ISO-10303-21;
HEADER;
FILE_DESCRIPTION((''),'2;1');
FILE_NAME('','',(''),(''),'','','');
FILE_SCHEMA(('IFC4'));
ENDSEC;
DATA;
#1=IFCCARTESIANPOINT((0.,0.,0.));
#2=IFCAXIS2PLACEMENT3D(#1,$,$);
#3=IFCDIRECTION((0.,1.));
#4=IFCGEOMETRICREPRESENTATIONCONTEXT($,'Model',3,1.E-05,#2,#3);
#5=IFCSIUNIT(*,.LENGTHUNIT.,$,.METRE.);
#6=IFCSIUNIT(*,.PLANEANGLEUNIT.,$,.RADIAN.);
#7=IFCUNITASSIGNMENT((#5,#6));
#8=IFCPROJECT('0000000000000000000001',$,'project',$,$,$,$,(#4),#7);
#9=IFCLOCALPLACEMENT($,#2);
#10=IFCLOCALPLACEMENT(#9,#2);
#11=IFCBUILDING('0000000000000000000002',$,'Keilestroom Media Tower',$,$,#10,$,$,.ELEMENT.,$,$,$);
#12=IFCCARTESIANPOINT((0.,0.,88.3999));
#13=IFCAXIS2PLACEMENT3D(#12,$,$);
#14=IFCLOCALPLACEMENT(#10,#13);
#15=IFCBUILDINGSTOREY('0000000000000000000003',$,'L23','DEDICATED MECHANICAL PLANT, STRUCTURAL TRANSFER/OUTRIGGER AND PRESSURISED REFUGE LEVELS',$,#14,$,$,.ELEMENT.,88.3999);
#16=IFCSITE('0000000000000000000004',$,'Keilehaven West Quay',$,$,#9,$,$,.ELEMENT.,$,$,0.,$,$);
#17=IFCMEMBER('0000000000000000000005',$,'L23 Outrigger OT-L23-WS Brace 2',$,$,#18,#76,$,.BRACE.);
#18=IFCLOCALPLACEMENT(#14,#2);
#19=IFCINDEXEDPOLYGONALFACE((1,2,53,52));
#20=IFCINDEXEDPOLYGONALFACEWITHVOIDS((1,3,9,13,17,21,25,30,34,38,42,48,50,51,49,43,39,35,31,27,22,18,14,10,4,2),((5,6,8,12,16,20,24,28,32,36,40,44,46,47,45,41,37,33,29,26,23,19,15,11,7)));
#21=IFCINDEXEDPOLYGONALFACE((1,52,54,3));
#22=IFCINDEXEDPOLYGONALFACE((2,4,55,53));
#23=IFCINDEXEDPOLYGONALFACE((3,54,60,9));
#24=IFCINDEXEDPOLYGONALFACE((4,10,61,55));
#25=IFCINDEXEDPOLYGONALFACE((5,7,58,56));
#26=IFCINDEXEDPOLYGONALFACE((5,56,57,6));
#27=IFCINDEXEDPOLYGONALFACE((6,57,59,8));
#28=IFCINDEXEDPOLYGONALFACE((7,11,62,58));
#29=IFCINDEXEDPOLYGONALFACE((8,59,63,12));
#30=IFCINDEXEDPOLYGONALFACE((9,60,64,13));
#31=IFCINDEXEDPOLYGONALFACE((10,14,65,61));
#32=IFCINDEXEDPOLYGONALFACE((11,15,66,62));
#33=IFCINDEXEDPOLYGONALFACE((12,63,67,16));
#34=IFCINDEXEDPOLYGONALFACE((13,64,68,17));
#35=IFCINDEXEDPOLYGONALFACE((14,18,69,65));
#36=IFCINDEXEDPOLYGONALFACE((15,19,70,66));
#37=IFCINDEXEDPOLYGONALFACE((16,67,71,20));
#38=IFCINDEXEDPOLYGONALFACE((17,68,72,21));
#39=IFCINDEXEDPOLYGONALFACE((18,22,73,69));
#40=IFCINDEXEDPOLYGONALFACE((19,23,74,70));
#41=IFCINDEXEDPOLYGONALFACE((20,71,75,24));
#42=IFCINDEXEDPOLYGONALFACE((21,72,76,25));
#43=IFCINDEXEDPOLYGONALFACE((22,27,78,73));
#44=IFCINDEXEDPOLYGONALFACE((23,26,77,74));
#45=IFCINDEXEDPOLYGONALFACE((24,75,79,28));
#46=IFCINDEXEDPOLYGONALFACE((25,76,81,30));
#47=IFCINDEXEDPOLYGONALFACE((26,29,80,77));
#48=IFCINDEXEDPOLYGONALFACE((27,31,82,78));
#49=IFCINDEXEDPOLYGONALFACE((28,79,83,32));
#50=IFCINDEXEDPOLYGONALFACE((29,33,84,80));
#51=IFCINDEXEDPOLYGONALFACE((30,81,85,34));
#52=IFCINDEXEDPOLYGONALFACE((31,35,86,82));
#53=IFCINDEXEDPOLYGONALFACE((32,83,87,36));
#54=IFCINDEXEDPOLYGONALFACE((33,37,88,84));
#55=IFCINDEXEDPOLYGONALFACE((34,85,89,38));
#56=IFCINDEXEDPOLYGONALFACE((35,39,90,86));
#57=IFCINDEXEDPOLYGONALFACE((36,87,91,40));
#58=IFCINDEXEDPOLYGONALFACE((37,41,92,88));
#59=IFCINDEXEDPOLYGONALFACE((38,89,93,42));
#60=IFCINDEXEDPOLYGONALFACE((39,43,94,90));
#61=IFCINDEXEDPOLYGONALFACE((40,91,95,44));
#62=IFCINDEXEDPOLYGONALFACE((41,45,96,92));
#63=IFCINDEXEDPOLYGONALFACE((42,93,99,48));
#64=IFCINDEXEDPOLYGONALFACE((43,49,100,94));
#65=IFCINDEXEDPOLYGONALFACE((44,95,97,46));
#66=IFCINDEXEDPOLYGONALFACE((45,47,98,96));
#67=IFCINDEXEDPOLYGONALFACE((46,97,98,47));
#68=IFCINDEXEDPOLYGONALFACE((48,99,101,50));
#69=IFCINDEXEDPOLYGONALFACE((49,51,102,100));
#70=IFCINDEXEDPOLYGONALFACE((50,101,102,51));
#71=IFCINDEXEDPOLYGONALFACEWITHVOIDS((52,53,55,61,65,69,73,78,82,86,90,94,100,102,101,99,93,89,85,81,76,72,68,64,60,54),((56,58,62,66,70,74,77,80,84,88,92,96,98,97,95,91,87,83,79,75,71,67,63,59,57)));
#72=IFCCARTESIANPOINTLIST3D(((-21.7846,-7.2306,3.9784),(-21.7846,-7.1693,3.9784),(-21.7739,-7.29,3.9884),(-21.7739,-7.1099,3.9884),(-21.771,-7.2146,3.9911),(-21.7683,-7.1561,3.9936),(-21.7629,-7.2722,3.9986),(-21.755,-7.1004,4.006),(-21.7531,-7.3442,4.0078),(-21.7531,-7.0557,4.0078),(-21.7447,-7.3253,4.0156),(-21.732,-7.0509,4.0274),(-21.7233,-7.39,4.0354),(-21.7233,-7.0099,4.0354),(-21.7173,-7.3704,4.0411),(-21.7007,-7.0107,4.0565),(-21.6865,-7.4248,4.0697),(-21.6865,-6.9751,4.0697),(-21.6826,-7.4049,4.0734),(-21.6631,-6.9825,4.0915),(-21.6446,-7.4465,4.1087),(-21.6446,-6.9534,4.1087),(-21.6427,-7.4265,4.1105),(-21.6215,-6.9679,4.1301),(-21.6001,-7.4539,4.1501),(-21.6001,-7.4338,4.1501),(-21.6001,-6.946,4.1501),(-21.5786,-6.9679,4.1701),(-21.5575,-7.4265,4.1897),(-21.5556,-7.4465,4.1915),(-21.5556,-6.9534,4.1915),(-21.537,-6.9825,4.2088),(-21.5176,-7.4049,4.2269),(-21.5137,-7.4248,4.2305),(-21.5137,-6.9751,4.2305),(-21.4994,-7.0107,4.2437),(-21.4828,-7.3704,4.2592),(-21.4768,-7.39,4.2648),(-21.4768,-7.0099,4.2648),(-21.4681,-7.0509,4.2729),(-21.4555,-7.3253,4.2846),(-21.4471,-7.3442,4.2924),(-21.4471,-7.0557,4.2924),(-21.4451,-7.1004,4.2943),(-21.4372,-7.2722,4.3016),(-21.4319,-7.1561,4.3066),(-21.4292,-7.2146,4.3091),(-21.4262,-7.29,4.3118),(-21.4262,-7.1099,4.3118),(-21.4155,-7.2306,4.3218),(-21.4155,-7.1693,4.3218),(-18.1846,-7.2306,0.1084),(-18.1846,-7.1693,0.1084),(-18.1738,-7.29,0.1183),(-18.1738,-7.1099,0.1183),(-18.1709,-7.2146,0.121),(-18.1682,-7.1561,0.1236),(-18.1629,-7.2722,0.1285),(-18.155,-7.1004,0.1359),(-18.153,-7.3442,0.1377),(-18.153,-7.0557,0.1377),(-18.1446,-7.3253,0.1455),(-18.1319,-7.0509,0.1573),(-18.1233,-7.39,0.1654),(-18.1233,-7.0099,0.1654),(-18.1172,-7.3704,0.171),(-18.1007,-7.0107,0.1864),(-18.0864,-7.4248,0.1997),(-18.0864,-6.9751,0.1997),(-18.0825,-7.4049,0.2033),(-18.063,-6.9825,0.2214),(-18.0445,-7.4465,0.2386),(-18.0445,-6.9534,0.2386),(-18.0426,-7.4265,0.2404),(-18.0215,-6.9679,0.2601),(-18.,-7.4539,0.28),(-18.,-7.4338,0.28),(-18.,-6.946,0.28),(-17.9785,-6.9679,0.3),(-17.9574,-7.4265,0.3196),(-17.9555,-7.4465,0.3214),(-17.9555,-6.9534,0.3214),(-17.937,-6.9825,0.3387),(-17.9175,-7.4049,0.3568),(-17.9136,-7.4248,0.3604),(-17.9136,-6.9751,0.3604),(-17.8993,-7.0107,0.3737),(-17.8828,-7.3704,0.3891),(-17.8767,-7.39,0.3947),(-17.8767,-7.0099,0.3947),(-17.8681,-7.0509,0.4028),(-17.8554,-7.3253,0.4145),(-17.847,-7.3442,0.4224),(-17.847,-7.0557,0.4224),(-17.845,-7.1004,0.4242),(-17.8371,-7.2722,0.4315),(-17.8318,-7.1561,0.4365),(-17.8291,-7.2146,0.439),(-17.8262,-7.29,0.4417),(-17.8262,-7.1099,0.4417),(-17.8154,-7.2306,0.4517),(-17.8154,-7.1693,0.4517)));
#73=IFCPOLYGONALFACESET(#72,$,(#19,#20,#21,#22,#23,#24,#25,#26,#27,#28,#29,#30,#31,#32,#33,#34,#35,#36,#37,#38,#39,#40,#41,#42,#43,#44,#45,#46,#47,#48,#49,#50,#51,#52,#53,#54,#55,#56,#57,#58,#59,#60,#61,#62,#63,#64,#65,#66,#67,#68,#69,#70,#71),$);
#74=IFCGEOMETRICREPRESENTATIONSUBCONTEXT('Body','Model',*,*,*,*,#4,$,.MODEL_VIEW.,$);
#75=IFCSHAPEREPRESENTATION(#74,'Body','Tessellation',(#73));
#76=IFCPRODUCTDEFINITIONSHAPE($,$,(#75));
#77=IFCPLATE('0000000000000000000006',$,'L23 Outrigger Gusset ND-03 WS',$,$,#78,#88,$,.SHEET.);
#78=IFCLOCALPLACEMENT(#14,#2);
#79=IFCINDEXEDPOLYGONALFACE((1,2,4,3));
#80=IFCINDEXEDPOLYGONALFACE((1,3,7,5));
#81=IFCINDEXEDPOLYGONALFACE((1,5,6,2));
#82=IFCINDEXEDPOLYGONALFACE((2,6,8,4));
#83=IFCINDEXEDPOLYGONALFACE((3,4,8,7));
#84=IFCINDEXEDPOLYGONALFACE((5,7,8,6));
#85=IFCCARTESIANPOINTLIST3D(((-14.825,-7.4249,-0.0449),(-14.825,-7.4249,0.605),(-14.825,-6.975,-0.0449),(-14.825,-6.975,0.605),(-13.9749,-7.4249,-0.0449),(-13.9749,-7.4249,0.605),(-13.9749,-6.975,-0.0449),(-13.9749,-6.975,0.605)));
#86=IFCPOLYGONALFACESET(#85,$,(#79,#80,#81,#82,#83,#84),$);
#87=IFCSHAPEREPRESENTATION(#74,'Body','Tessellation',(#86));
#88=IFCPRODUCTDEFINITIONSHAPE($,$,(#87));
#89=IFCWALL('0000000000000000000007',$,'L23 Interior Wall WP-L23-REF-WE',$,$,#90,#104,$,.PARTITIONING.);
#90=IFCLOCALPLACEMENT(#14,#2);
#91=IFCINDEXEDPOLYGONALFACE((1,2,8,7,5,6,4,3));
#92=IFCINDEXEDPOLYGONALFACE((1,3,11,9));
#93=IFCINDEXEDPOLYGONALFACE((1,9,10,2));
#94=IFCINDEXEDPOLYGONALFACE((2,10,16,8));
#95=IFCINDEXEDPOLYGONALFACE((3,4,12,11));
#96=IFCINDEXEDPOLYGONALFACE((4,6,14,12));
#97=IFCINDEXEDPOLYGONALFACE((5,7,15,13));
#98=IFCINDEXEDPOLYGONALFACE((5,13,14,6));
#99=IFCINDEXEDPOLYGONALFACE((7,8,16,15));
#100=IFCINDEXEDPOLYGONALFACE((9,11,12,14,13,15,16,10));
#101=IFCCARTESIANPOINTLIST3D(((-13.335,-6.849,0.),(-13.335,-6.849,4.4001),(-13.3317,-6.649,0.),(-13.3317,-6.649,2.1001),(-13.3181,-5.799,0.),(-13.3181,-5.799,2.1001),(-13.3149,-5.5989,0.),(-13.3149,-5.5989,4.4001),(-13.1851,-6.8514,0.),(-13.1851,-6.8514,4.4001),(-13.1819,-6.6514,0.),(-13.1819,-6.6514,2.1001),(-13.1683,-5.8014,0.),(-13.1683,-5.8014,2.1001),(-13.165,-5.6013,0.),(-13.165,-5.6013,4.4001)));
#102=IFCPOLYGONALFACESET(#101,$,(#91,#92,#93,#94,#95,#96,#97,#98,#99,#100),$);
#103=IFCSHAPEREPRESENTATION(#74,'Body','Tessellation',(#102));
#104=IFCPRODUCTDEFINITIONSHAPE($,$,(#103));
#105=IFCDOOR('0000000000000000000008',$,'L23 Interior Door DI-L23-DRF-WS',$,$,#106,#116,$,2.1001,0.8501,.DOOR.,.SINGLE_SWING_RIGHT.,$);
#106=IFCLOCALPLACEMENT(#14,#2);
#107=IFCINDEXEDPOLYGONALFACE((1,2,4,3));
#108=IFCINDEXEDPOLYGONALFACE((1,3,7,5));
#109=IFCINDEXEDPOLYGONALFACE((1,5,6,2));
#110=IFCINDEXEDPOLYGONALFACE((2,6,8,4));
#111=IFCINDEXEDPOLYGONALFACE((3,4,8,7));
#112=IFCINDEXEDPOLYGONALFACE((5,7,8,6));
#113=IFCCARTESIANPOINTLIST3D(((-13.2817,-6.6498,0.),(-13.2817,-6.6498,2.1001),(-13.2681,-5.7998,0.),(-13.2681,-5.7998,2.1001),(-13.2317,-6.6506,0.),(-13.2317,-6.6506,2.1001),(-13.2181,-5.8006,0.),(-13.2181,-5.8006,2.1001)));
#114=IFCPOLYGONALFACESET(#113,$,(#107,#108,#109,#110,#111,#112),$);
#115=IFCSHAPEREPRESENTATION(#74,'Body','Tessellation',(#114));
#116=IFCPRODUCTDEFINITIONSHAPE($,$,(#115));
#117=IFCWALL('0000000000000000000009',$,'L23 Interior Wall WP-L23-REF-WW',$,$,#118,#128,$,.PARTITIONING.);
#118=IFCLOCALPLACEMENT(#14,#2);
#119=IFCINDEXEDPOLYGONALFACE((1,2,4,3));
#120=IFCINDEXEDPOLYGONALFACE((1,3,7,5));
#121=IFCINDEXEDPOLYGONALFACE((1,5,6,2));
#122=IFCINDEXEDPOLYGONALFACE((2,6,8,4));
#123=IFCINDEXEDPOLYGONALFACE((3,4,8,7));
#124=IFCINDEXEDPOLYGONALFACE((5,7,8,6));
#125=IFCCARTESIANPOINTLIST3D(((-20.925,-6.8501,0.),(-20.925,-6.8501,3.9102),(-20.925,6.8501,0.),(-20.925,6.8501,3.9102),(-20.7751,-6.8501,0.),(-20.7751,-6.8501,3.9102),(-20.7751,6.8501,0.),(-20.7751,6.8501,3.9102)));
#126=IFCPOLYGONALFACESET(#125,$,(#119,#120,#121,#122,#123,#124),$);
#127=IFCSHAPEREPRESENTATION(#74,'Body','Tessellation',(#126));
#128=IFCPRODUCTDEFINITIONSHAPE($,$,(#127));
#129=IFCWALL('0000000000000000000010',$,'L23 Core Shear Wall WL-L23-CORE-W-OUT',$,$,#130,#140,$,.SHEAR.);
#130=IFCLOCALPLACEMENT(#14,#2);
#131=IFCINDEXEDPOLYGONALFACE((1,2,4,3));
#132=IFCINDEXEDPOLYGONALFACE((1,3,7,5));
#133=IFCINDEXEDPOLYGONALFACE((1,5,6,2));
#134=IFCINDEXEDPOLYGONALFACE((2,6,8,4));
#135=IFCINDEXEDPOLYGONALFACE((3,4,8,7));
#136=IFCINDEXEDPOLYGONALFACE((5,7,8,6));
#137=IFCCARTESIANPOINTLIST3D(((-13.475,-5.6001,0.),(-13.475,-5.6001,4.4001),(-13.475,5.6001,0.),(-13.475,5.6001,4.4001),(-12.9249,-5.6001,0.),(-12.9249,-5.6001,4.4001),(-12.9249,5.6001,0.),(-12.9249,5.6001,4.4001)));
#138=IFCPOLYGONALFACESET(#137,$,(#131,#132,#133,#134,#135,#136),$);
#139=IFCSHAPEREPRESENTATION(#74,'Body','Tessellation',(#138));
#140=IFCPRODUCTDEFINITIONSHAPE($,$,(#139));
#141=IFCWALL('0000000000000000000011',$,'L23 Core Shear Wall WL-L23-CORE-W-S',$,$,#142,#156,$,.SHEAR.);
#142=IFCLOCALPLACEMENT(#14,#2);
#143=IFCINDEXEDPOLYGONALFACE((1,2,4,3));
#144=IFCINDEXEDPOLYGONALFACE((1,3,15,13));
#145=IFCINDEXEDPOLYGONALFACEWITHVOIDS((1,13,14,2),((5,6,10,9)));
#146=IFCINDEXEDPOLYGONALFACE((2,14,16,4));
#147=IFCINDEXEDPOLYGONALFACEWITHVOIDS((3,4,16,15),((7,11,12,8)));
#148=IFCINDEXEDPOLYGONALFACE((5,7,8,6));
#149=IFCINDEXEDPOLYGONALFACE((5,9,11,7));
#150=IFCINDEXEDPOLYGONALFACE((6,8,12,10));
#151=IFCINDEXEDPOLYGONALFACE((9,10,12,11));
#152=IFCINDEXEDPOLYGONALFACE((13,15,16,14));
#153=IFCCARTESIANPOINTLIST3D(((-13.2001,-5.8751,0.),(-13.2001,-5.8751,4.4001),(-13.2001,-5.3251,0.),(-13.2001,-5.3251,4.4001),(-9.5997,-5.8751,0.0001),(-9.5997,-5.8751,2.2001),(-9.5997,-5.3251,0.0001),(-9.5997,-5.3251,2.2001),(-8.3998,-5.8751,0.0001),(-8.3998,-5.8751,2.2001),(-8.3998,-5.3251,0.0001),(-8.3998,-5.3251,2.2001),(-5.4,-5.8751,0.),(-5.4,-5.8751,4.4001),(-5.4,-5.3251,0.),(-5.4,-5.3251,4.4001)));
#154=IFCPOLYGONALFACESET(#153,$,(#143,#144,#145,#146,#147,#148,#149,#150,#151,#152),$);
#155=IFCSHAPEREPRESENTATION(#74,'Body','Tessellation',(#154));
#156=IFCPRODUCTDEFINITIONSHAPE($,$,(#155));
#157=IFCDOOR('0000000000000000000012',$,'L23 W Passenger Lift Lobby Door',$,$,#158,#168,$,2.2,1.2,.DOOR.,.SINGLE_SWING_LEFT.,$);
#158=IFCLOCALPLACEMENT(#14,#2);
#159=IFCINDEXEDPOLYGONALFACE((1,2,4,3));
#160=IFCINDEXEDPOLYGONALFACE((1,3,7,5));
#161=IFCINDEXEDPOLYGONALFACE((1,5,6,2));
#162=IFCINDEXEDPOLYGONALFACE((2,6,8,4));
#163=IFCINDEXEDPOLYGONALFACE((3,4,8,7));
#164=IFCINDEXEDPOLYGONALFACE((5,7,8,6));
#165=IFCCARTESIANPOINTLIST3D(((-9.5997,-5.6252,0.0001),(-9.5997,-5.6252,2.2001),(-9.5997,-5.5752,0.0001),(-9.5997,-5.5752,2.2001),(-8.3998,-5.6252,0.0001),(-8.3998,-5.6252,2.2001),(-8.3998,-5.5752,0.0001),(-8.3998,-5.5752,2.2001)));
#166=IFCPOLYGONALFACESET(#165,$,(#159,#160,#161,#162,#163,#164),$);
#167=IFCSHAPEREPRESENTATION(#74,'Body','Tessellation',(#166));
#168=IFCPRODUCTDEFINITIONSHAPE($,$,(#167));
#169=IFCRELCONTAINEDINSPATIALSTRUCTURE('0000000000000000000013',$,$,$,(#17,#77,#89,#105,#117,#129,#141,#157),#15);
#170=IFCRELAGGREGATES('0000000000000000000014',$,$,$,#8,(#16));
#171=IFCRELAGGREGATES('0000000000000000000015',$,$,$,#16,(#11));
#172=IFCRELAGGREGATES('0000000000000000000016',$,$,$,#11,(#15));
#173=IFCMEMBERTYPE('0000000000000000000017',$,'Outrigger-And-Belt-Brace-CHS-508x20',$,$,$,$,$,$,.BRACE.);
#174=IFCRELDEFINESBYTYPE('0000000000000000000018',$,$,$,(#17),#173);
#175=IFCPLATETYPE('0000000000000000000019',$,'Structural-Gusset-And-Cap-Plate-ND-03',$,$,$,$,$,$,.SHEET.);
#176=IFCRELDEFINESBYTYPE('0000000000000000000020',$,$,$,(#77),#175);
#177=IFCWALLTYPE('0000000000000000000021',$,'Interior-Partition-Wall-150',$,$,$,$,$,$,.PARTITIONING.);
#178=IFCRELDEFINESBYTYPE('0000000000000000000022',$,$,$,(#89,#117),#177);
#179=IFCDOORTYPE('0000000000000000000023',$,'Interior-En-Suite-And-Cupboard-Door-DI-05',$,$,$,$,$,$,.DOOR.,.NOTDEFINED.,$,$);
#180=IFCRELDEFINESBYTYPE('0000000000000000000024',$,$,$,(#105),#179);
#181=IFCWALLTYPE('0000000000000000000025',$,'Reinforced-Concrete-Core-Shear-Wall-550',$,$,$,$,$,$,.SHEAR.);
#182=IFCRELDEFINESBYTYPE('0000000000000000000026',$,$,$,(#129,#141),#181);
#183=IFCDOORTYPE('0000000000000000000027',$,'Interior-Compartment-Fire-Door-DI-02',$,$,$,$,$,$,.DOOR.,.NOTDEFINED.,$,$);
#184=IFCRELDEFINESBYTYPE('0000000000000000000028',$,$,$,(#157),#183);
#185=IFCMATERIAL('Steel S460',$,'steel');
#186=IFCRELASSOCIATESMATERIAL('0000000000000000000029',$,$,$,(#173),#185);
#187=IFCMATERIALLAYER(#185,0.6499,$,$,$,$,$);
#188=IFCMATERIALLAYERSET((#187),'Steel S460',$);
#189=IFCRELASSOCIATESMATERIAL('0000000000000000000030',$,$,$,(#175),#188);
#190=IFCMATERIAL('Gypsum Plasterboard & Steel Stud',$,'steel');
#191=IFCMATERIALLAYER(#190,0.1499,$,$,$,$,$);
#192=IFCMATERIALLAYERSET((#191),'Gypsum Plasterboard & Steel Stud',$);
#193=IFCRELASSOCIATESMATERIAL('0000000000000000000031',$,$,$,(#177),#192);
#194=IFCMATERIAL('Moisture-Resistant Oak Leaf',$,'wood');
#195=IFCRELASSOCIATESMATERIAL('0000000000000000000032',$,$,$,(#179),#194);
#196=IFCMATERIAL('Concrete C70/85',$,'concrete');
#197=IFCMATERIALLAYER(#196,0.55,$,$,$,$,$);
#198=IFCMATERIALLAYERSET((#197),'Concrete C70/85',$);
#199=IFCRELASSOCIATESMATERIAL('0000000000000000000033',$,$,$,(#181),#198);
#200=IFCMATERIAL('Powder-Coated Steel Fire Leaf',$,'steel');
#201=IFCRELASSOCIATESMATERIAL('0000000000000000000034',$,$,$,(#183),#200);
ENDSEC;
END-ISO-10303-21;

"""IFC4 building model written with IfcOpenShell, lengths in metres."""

from ifc_helpers import new_model, si_unit, direction, frame, frame_2d, origin, origin_2d, place, context, subcontext, project, spatial, rectangle, hollow_circle, extrude, source, transform, mapped, material, layer, layer_set, material_profile, profile_set, type_object, element, fill, save


model = new_model("IFC4")

# Units and contexts
model_context = context("Model", 3, precision=1e-05, world=origin(), true_north=direction((0.0, 1.0)))
body_context = subcontext(model_context, "Body", "Model", "MODEL_VIEW")
ifc_project = project(units=[si_unit("LENGTHUNIT", "METRE"), si_unit("PLANEANGLEUNIT", "RADIAN")], contexts=[model_context])

# Site, building, storey
site_placement = place(None, origin())
site = spatial("IfcSite", under=ifc_project, at=site_placement, Name="Keilehaven West Quay", CompositionType="ELEMENT", RefElevation=0.0)
building_placement = place(site_placement, origin())
building = spatial("IfcBuilding", under=site, at=building_placement, Name="Keilestroom Media Tower", CompositionType="ELEMENT")
storey_placement = place(building_placement, frame((0.0, 0.0, 88.3999)))
storey = spatial("IfcBuildingStorey", under=building, at=storey_placement, Name="L23", Description="DEDICATED MECHANICAL PLANT, STRUCTURAL TRANSFER/OUTRIGGER AND PRESSURISED REFUGE LEVELS", CompositionType="ELEMENT", Elevation=88.3999)

# Shared definitions
ifc_material_1 = material(Name="Steel S460", Category="steel")

# Member
ifc_material_profile_1 = material_profile(ifc_material_1, hollow_circle(Radius=0.2539, WallThickness=0.02, at=origin_2d()), Name="CHS 508x20")
ifc_profile_set_1 = profile_set([ifc_material_profile_1], Name="Steel S460")
member_type_1 = type_object("IfcMemberType", Name="Outrigger-And-Belt-Brace-CHS-508x20", PredefinedType="BRACE", material=ifc_profile_set_1)
shared_shape_1 = source(origin(), body_context, "Body", "SweptSolid", [
    extrude(hollow_circle(Radius=0.2539, WallThickness=0.02, at=origin_2d()), origin(), (0.0, 0.0, 1.0), 5.2856),
])
for number, where, z_axis, x_axis, name in (
    (1, (-18.0, -7.2, 0.28), (-0.681103, 0.0, 0.732188), (0.0, -1.0, 0.0), "L23 Outrigger OT-L23-WS Brace 2"),
):
    element("IfcMember", number, at=place(storey_placement, frame(where, z_axis=z_axis, x_axis=x_axis)), inside=storey, type_object=member_type_1, Name=name, PredefinedType="BRACE", context=body_context, shape_type="MappedRepresentation", body=[
        mapped(shared_shape_1, transform((0.0, 0.0, 0.0), x_axis=(1.0, 0.0, 0.0), y_axis=(0.0, 1.0, 0.0), z_axis=(0.0, 0.0, 1.0), scale=1.0)),
    ])

# Plate
ifc_layer_1 = layer(ifc_material_1, 0.6499)
ifc_layer_set_1 = layer_set([ifc_layer_1], Name="Steel S460")
plate_type = type_object("IfcPlateType", Name="Structural-Gusset-And-Cap-Plate-ND-03", PredefinedType="SHEET", material=ifc_layer_set_1)
shared_shape_2 = source(origin(), body_context, "Body", "SweptSolid", [
    extrude(rectangle(XDim=0.8501, YDim=0.45, at=origin_2d()), origin(), (0.0, 0.0, 1.0), 0.6499),
])
plate_placement = place(storey_placement, frame((-14.3999, -7.2, -0.0449), z_axis=(0.0, 0.0, 1.0), x_axis=(1.0, 0.0, 0.0)))
element("IfcPlate", 2, at=plate_placement, inside=storey, type_object=plate_type, Name="L23 Outrigger Gusset ND-03 WS", PredefinedType="SHEET", context=body_context, shape_type="MappedRepresentation", body=[
    mapped(shared_shape_2, transform((0.0, 0.0, 0.0), x_axis=(1.0, 0.0, 0.0), y_axis=(0.0, 1.0, 0.0), z_axis=(0.0, 0.0, 1.0), scale=1.0)),
])

# Wall, opening, door
ifc_material_2 = material(Name="Gypsum Plasterboard & Steel Stud", Category="steel")
ifc_layer_2 = layer(ifc_material_2, 0.1499)
ifc_layer_set_2 = layer_set([ifc_layer_2], Name="Gypsum Plasterboard & Steel Stud")
wall_type_1 = type_object("IfcWallType", Name="Interior-Partition-Wall-150", PredefinedType="PARTITIONING", material=ifc_layer_set_2)
wall_1_placement = place(storey_placement, frame((-13.26, -6.8501, 0.0), z_axis=(0.0, 0.0, 1.0), x_axis=(0.016014, 0.999872, 0.0)))
wall_1 = element("IfcWall", 3, at=wall_1_placement, inside=storey, type_object=wall_type_1, Name="L23 Interior Wall WP-L23-REF-WE", PredefinedType="PARTITIONING", context=body_context, shape_type="SweptSolid", body=[
    extrude(rectangle(XDim=1.2502, YDim=0.1499, at=frame_2d((0.625, 0.0))), origin(), (0.0, 0.0, 1.0), 4.4001),
])
opening_1_placement = place(wall_1_placement, frame((0.2, 0.0, 0.0)))
opening_1 = element("IfcOpeningElement", 4, at=opening_1_placement, cuts=wall_1, PredefinedType="OPENING", context=body_context, shape_type="SweptSolid", body=[
    extrude(rectangle(XDim=0.8501, YDim=2.1001, at=frame_2d((0.425, 1.05))), frame((0.0, 0.085, 0.0), z_axis=(0.0, -1.0, 0.0), x_axis=(1.0, 0.0, 0.0)), (0.0, 0.0, 1.0), 0.1699),
])
ifc_material_3 = material(Name="Moisture-Resistant Oak Leaf", Category="wood")
door_type_1 = type_object("IfcDoorType", Name="Interior-En-Suite-And-Cupboard-Door-DI-05", OperationType="NOTDEFINED", PredefinedType="DOOR", material=ifc_material_3)
shared_shape_3 = source(origin(), body_context, "Body", "SweptSolid", [
    extrude(rectangle(XDim=0.8501, YDim=2.1001, at=frame_2d((0.425, 1.05))), frame((0.0, 0.0249, 0.0), z_axis=(0.0, -1.0, 0.0), x_axis=(1.0, 0.0, 0.0)), (0.0, 0.0, 1.0), 0.05),
])
door_1_placement = place(opening_1_placement, origin())
door_1 = element("IfcDoor", 5, at=door_1_placement, inside=storey, type_object=door_type_1, Name="L23 Interior Door DI-L23-DRF-WS", OperationType="SINGLE_SWING_RIGHT", OverallHeight=2.1001, OverallWidth=0.8501, PredefinedType="DOOR", context=body_context, shape_type="MappedRepresentation", body=[
    mapped(shared_shape_3, transform((0.0, 0.0, 0.0), x_axis=(1.0, 0.0, 0.0), y_axis=(0.0, 1.0, 0.0), z_axis=(0.0, 0.0, 1.0), scale=1.0)),
])
fill(opening_1, door_1)

# Walls
wall_2_placement = place(storey_placement, frame((-20.8501, -6.8501, 0.0), z_axis=(0.0, 0.0, 1.0), x_axis=(0.0, 1.0, 0.0)))
element("IfcWall", 6, at=wall_2_placement, inside=storey, type_object=wall_type_1, Name="L23 Interior Wall WP-L23-REF-WW", PredefinedType="PARTITIONING", context=body_context, shape_type="SweptSolid", body=[
    extrude(rectangle(XDim=13.7002, YDim=0.1499, at=frame_2d((6.8501, 0.0))), origin(), (0.0, 0.0, 1.0), 3.9102),
])
ifc_material_4 = material(Name="Concrete C70/85", Category="concrete")
ifc_layer_3 = layer(ifc_material_4, 0.55)
ifc_layer_set_3 = layer_set([ifc_layer_3], Name="Concrete C70/85")
wall_type_2 = type_object("IfcWallType", Name="Reinforced-Concrete-Core-Shear-Wall-550", PredefinedType="SHEAR", material=ifc_layer_set_3)
wall_3_placement = place(storey_placement, frame((-13.2, -5.6001, 0.0), z_axis=(0.0, 0.0, 1.0), x_axis=(0.0, 1.0, 0.0)))
element("IfcWall", 7, at=wall_3_placement, inside=storey, type_object=wall_type_2, Name="L23 Core Shear Wall WL-L23-CORE-W-OUT", PredefinedType="SHEAR", context=body_context, shape_type="SweptSolid", body=[
    extrude(rectangle(XDim=11.2002, YDim=0.55, at=frame_2d((5.6001, 0.0))), origin(), (0.0, 0.0, 1.0), 4.4001),
])

# Wall, opening, door
wall_4_placement = place(storey_placement, frame((-13.2, -5.6001, 0.0), z_axis=(0.0, 0.0, 1.0), x_axis=(1.0, 0.0, 0.0)))
wall_4 = element("IfcWall", 8, at=wall_4_placement, inside=storey, type_object=wall_type_2, Name="L23 Core Shear Wall WL-L23-CORE-W-S", PredefinedType="SHEAR", context=body_context, shape_type="SweptSolid", body=[
    extrude(rectangle(XDim=7.8, YDim=0.55, at=frame_2d((3.8999, 0.0))), origin(), (0.0, 0.0, 1.0), 4.4001),
])
opening_2_placement = place(wall_4_placement, frame((3.6001, 0.0, 0.0)))
opening_2 = element("IfcOpeningElement", 9, at=opening_2_placement, cuts=wall_4, PredefinedType="OPENING", context=body_context, shape_type="SweptSolid", body=[
    extrude(rectangle(XDim=1.2, YDim=2.2, at=frame_2d((0.6001, 1.1001))), frame((0.0, 0.2852, 0.0), z_axis=(0.0, -1.0, 0.0), x_axis=(1.0, 0.0, 0.0)), (0.0, 0.0, 1.0), 0.5701),
])
ifc_material_5 = material(Name="Powder-Coated Steel Fire Leaf", Category="steel")
door_type_2 = type_object("IfcDoorType", Name="Interior-Compartment-Fire-Door-DI-02", OperationType="NOTDEFINED", PredefinedType="DOOR", material=ifc_material_5)
shared_shape_4 = source(origin(), body_context, "Body", "SweptSolid", [
    extrude(rectangle(XDim=1.2, YDim=2.2, at=frame_2d((0.6001, 1.1001))), frame((0.0, 0.0249, 0.0), z_axis=(0.0, -1.0, 0.0), x_axis=(1.0, 0.0, 0.0)), (0.0, 0.0, 1.0), 0.05),
])
door_2_placement = place(opening_2_placement, origin())
door_2 = element("IfcDoor", 10, at=door_2_placement, inside=storey, type_object=door_type_2, Name="L23 W Passenger Lift Lobby Door", OperationType="SINGLE_SWING_LEFT", OverallHeight=2.2, OverallWidth=1.2, PredefinedType="DOOR", context=body_context, shape_type="MappedRepresentation", body=[
    mapped(shared_shape_4, transform((0.0, 0.0, 0.0), x_axis=(1.0, 0.0, 0.0), y_axis=(0.0, 1.0, 0.0), z_axis=(0.0, 0.0, 1.0), scale=1.0)),
])
fill(opening_2, door_2)

save(model, "model.ifc")
